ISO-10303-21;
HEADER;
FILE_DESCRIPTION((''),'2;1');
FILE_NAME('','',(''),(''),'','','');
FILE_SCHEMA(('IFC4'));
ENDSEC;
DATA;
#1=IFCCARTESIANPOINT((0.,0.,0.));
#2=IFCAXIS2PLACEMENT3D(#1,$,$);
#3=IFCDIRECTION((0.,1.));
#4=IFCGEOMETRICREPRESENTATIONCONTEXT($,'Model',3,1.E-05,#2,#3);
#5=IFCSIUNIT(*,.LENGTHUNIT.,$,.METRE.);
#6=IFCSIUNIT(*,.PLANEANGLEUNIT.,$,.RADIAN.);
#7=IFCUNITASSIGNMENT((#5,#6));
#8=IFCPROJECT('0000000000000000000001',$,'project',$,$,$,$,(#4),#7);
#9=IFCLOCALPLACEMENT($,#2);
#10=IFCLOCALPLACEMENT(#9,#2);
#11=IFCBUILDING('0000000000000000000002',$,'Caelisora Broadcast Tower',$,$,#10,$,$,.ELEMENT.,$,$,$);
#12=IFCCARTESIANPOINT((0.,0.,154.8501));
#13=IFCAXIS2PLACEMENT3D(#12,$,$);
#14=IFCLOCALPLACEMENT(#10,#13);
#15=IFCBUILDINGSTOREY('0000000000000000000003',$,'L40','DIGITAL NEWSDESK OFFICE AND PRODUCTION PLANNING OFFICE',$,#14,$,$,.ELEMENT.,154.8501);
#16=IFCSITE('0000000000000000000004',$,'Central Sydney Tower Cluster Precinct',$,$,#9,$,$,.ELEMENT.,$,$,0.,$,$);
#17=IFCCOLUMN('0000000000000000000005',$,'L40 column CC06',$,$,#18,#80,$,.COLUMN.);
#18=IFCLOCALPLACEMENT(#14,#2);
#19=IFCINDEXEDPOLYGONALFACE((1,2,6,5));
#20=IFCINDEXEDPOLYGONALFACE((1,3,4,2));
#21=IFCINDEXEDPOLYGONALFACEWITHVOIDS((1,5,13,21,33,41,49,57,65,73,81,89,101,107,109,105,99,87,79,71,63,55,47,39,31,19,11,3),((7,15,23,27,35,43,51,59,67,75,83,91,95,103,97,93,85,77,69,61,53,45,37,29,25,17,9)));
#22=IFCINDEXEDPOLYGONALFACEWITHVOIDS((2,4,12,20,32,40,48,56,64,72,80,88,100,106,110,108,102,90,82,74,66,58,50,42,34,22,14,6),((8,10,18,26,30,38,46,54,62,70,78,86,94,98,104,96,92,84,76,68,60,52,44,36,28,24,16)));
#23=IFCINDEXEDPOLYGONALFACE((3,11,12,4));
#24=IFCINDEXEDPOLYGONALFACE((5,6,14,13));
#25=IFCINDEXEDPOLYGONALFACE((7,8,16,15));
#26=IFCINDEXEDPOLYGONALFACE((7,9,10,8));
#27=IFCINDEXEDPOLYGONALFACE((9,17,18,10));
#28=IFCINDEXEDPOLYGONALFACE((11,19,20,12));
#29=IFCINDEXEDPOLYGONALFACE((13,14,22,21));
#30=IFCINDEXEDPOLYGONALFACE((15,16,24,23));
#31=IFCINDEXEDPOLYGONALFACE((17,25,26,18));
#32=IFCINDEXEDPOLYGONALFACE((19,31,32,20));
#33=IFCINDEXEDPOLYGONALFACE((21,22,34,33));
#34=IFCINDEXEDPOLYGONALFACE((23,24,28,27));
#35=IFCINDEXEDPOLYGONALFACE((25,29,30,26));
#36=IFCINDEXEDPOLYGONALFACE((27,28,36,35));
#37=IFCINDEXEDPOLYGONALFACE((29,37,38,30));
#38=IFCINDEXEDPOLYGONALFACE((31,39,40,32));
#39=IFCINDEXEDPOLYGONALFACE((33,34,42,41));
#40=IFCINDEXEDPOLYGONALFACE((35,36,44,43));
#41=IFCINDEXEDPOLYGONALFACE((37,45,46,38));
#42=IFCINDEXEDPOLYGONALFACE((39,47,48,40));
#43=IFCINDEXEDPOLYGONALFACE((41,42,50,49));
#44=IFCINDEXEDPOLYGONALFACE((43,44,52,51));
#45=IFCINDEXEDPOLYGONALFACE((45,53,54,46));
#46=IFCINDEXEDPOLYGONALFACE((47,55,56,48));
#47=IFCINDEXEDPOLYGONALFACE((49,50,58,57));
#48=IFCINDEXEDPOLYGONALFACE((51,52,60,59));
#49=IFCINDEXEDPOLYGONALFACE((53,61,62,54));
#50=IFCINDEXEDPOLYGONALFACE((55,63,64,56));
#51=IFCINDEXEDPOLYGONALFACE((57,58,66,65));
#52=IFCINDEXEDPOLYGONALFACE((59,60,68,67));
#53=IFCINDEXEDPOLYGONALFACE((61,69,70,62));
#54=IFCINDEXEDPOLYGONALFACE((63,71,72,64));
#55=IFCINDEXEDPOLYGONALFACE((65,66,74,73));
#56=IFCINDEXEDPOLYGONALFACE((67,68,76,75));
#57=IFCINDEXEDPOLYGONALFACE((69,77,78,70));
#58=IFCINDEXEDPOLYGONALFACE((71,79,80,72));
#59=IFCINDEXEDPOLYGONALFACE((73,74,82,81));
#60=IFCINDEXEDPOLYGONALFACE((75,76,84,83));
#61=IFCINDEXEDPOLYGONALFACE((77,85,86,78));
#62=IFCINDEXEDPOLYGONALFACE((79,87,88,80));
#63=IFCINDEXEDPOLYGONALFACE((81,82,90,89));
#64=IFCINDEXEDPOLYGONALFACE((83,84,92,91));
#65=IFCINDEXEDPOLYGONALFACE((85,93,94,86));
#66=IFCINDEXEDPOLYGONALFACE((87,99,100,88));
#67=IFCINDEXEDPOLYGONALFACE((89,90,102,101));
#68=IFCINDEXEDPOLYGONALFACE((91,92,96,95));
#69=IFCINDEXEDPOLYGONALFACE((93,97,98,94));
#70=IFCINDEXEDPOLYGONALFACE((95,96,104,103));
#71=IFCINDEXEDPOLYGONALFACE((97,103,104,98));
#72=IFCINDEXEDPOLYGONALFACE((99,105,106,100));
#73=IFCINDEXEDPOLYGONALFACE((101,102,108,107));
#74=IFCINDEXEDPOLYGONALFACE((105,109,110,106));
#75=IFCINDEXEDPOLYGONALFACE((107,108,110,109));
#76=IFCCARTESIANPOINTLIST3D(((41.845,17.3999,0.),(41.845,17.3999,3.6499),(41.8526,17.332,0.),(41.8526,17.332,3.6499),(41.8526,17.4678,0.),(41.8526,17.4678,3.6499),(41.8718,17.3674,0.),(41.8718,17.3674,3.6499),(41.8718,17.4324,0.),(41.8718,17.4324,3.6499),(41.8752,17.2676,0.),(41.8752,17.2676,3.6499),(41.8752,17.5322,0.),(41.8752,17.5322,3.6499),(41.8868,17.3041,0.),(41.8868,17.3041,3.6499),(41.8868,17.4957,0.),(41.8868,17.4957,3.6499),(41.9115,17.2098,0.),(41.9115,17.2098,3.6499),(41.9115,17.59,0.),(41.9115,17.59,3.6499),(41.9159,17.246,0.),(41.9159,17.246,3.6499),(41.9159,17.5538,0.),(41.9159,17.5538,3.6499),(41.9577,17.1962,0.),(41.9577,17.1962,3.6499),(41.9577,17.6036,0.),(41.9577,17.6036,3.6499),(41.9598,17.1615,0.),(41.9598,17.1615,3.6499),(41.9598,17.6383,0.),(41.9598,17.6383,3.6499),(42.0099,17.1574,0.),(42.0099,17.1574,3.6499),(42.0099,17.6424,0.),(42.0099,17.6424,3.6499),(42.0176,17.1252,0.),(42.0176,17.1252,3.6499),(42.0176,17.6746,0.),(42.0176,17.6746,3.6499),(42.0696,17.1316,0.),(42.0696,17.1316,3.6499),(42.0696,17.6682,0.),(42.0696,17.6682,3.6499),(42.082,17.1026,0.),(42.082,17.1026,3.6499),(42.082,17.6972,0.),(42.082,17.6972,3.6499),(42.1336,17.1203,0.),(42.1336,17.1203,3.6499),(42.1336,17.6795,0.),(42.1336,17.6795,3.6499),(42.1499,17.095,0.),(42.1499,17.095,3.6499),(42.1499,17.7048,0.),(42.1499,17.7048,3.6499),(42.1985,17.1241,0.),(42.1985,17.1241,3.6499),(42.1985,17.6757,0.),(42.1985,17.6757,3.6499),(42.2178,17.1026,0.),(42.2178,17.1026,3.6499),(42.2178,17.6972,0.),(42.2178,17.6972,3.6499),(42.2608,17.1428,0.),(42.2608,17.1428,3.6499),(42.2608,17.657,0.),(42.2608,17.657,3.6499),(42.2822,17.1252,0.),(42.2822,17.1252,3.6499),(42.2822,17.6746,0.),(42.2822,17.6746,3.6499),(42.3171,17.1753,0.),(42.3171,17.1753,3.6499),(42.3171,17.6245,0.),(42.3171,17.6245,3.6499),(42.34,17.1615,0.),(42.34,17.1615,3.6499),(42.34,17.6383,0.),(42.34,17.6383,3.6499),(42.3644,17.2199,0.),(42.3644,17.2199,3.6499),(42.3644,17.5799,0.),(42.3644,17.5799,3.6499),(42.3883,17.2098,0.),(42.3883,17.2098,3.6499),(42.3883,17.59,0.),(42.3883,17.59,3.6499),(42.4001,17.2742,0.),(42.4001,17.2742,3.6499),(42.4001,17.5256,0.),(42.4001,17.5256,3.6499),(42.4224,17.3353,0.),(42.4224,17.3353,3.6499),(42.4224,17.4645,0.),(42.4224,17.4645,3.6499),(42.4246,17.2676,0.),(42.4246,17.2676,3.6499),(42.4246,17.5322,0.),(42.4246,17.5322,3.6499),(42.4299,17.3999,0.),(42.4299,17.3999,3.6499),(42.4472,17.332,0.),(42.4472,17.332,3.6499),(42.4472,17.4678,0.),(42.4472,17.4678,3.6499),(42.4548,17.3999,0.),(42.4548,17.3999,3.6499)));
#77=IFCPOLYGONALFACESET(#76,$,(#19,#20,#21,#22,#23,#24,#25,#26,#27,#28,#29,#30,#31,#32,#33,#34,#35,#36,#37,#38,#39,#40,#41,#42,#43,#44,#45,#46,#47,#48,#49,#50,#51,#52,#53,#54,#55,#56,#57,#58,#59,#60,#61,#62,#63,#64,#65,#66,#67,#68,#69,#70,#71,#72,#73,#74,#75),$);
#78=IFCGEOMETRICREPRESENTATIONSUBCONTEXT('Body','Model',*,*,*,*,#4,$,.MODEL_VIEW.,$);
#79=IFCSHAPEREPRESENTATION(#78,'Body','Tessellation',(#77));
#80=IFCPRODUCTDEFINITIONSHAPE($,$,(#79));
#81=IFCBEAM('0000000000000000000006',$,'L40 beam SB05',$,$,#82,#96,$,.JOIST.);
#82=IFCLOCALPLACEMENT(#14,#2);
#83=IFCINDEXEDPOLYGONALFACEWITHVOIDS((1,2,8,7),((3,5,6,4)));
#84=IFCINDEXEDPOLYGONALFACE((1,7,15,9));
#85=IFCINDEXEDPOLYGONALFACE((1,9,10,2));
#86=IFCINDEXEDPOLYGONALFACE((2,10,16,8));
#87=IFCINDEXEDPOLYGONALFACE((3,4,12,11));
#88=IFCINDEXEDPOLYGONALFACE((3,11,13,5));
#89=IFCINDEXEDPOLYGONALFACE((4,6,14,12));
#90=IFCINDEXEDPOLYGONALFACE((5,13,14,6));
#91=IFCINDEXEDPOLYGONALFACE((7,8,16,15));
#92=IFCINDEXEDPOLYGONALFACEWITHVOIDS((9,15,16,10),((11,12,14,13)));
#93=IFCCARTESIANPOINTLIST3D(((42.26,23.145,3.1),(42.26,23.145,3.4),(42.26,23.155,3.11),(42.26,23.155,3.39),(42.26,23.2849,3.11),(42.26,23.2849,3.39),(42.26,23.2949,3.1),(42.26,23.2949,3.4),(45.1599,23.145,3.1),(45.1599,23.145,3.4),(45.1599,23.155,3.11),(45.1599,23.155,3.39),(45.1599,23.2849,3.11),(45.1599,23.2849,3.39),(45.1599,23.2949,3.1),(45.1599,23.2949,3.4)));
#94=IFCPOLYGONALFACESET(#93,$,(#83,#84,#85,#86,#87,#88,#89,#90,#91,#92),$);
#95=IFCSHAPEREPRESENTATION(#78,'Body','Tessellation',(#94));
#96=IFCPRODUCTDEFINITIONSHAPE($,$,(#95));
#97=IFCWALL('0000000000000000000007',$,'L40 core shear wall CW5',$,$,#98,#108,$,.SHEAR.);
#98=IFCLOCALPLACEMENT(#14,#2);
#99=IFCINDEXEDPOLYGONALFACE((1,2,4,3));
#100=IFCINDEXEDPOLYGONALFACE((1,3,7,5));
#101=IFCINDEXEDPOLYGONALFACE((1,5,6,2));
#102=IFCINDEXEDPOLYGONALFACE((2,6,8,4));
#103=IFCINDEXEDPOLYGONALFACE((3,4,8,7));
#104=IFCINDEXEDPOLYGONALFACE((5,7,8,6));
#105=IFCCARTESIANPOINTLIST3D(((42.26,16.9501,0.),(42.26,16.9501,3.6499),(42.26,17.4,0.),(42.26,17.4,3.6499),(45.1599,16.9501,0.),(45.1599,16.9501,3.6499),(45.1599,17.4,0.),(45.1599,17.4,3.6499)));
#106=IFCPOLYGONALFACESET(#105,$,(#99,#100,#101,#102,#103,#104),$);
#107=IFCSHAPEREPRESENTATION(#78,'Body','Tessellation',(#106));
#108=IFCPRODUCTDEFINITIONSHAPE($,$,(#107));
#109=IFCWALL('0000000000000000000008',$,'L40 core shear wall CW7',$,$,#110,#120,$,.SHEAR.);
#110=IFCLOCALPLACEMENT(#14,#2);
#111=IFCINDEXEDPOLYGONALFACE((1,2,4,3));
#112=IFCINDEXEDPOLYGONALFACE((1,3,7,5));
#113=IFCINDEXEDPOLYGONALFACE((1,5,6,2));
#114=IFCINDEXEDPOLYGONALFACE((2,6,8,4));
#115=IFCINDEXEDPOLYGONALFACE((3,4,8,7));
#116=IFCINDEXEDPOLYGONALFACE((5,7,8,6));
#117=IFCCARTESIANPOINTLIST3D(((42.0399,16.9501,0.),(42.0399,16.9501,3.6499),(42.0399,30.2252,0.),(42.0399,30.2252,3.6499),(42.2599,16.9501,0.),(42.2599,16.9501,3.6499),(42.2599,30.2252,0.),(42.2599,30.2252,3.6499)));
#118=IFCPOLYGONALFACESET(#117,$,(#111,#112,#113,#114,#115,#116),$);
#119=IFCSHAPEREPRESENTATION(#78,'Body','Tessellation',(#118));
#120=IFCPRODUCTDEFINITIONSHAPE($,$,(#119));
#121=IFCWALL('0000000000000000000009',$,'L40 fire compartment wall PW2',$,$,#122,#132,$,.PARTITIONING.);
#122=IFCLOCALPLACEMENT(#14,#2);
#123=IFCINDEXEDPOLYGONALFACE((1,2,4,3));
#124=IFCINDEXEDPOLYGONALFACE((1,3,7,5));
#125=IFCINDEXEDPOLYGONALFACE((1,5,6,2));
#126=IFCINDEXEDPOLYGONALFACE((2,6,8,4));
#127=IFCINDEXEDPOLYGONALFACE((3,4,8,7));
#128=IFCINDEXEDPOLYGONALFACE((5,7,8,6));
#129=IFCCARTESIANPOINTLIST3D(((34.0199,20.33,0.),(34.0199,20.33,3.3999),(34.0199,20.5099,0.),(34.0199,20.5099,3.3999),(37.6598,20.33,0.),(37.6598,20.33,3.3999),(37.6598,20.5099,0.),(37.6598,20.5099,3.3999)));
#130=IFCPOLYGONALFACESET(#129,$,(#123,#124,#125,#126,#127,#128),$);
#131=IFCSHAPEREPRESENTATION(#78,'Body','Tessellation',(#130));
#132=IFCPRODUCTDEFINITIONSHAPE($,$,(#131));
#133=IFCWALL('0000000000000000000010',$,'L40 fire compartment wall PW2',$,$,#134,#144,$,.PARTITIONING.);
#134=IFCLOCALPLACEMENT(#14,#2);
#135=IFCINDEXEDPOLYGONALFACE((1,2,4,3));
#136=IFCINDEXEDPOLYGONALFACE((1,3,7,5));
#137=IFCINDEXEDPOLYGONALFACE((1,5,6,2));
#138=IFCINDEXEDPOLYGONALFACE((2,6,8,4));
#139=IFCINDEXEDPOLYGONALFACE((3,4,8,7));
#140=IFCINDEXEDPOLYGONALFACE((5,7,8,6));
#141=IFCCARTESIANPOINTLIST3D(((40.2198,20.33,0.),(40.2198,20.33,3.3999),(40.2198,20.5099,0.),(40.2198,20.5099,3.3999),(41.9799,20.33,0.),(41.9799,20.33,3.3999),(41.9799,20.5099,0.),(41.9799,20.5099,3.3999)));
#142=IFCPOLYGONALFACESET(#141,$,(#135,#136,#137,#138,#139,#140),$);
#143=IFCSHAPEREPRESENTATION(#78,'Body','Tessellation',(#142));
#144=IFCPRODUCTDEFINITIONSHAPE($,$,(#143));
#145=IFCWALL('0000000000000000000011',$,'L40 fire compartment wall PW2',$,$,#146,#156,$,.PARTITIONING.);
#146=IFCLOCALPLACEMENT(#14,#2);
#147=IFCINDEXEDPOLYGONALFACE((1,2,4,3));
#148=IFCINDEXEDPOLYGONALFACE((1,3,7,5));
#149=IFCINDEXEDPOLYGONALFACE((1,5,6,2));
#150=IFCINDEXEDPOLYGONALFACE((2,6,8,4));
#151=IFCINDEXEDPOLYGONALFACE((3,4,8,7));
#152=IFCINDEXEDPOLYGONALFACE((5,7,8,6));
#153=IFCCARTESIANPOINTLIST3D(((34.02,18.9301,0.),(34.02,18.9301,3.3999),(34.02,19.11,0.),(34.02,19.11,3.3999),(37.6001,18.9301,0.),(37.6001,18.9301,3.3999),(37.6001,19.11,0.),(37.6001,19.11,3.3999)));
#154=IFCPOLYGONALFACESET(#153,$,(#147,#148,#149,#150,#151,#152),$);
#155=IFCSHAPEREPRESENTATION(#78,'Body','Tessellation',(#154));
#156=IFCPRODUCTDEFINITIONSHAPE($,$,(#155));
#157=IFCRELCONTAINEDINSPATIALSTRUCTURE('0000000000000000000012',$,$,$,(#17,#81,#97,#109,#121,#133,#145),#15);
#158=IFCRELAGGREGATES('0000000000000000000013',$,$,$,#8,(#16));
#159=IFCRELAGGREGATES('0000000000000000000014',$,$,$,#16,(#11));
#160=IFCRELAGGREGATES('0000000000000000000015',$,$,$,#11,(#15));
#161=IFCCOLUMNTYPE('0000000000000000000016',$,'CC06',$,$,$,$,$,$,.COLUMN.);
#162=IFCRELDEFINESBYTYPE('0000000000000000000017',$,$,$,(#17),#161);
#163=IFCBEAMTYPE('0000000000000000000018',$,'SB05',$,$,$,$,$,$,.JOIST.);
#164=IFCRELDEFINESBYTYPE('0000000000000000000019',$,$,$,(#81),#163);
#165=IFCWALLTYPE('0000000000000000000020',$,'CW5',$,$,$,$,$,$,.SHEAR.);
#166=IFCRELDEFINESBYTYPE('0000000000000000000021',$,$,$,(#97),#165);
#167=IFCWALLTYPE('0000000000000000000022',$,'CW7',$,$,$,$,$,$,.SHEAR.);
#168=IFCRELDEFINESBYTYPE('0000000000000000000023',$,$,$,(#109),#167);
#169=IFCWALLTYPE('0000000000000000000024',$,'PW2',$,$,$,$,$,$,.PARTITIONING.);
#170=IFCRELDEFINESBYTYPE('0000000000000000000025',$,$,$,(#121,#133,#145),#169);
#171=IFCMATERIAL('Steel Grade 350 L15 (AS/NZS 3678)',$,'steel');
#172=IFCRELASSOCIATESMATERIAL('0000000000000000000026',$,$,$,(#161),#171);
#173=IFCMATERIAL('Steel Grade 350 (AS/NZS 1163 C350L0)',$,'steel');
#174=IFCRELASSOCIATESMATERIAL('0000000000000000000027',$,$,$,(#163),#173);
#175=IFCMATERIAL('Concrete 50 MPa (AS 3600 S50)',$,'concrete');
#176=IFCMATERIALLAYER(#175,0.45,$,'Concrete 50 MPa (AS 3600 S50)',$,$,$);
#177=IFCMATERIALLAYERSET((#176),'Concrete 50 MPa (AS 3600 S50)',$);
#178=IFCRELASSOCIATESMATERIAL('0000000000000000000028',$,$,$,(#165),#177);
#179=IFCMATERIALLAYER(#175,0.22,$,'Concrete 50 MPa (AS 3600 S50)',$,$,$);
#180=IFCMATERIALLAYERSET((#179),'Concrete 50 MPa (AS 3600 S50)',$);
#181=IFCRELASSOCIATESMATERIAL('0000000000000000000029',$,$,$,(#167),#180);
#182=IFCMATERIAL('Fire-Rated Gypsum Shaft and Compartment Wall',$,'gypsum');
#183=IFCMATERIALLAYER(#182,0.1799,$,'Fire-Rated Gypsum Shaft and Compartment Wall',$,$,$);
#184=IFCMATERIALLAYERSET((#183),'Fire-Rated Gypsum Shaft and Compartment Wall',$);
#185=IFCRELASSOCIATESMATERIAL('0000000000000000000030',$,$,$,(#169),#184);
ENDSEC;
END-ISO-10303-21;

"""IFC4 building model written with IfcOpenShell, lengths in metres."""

from ifc_helpers import new_model, si_unit, direction, frame, frame_2d, origin, origin_2d, place, context, subcontext, project, spatial, rectangle, hollow_rectangle, hollow_circle, extrude, source, transform, mapped, material, layer, layer_set, material_profile, profile_set, type_object, type_shapes, element, save


model = new_model("IFC4")

# Units and contexts
model_context = context("Model", 3, precision=1e-05, world=origin(), true_north=direction((0.0, 1.0)))
body_context = subcontext(model_context, "Body", "Model", "MODEL_VIEW")
ifc_project = project(units=[si_unit("LENGTHUNIT", "METRE"), si_unit("PLANEANGLEUNIT", "RADIAN")], contexts=[model_context])

# Site, building, storey
site_placement = place(None, origin())
site = spatial("IfcSite", under=ifc_project, at=site_placement, Name="Central Sydney Tower Cluster Precinct", CompositionType="ELEMENT", RefElevation=0.0)
building_placement = place(site_placement, origin())
building = spatial("IfcBuilding", under=site, at=building_placement, Name="Caelisora Broadcast Tower", CompositionType="ELEMENT")
storey_placement = place(building_placement, frame((0.0, 0.0, 154.8501)))
storey = spatial("IfcBuildingStorey", under=building, at=storey_placement, Name="L40", Description="DIGITAL NEWSDESK OFFICE AND PRODUCTION PLANNING OFFICE", CompositionType="ELEMENT", Elevation=154.8501)

# Column
ifc_material_1 = material(Name="Steel Grade 350 L15 (AS/NZS 3678)", Category="steel")
ifc_material_profile_1 = material_profile(ifc_material_1, hollow_circle(Radius=0.3049, WallThickness=0.0249, at=origin_2d()), Name="Steel Grade 350 L15 (AS/NZS 3678)")
ifc_profile_set_1 = profile_set([ifc_material_profile_1], Name="Steel Grade 350 L15 (AS/NZS 3678)")
column_type = type_object("IfcColumnType", Name="CC06", PredefinedType="COLUMN", material=ifc_profile_set_1)
shared_shape_1 = source(origin(), body_context, "Body", "SweptSolid", [
    extrude(hollow_circle(Radius=0.3049, WallThickness=0.0249, at=origin_2d()), origin(), (0.0, 0.0, 1.0), 3.6499),
])
type_shapes(column_type, [shared_shape_1])
column_placement = place(storey_placement, frame((42.1499, 17.3999, 0.0), z_axis=(0.0, 0.0, 1.0), x_axis=(1.0, 0.0, 0.0)))
element("IfcColumn", 1, at=column_placement, inside=storey, type_object=column_type, Name="L40 column CC06", PredefinedType="COLUMN", context=body_context, shape_type="MappedRepresentation", body=[
    mapped(shared_shape_1, transform((0.0, 0.0, 0.0), scale=1.0)),
])

# Beam
ifc_material_2 = material(Name="Steel Grade 350 (AS/NZS 1163 C350L0)", Category="steel")
ifc_material_profile_2 = material_profile(ifc_material_2, hollow_rectangle(XDim=0.1499, YDim=0.3, WallThickness=0.01, at=origin_2d()), Name="Steel Grade 350 (AS/NZS 1163 C350L0)")
ifc_profile_set_2 = profile_set([ifc_material_profile_2], Name="Steel Grade 350 (AS/NZS 1163 C350L0)")
beam_type = type_object("IfcBeamType", Name="SB05", PredefinedType="JOIST", material=ifc_profile_set_2)
shared_shape_2 = source(origin(), body_context, "Body", "SweptSolid", [
    extrude(hollow_rectangle(XDim=0.1499, YDim=0.3, WallThickness=0.01, at=origin_2d()), origin(), (0.0, 0.0, 1.0), 2.8999),
])
type_shapes(beam_type, [shared_shape_2])
beam_placement = place(storey_placement, frame((42.26, 23.22, 3.25), z_axis=(1.0, 0.0, 0.0), x_axis=(0.0, 1.0, 0.0)))
element("IfcBeam", 2, at=beam_placement, inside=storey, type_object=beam_type, Name="L40 beam SB05", PredefinedType="JOIST", context=body_context, shape_type="MappedRepresentation", body=[
    mapped(shared_shape_2, transform((0.0, 0.0, 0.0), scale=1.0)),
])

# Walls
ifc_material_3 = material(Name="Concrete 50 MPa (AS 3600 S50)", Category="concrete")
ifc_layer_1 = layer(ifc_material_3, 0.45, Name="Concrete 50 MPa (AS 3600 S50)")
ifc_layer_set_1 = layer_set([ifc_layer_1], Name="Concrete 50 MPa (AS 3600 S50)")
wall_type_1 = type_object("IfcWallType", Name="CW5", PredefinedType="SHEAR", material=ifc_layer_set_1)
wall_1_placement = place(storey_placement, frame((42.26, 17.175, 0.0), z_axis=(0.0, 0.0, 1.0), x_axis=(1.0, 0.0, 0.0)))
element("IfcWall", 3, at=wall_1_placement, inside=storey, type_object=wall_type_1, Name="L40 core shear wall CW5", PredefinedType="SHEAR", context=body_context, shape_type="SweptSolid", body=[
    extrude(rectangle(XDim=2.8999, YDim=0.45, at=frame_2d((1.45, 0.0))), origin(), (0.0, 0.0, 1.0), 3.6499),
])
ifc_layer_2 = layer(ifc_material_3, 0.22, Name="Concrete 50 MPa (AS 3600 S50)")
ifc_layer_set_2 = layer_set([ifc_layer_2], Name="Concrete 50 MPa (AS 3600 S50)")
wall_type_2 = type_object("IfcWallType", Name="CW7", PredefinedType="SHEAR", material=ifc_layer_set_2)
wall_2_placement = place(storey_placement, frame((42.1499, 16.95, 0.0), z_axis=(0.0, 0.0, 1.0), x_axis=(0.0, 1.0, 0.0)))
element("IfcWall", 4, at=wall_2_placement, inside=storey, type_object=wall_type_2, Name="L40 core shear wall CW7", PredefinedType="SHEAR", context=body_context, shape_type="SweptSolid", body=[
    extrude(rectangle(XDim=13.2751, YDim=0.22, at=frame_2d((6.6377, 0.0))), origin(), (0.0, 0.0, 1.0), 3.6499),
])
ifc_material_4 = material(Name="Fire-Rated Gypsum Shaft and Compartment Wall", Category="gypsum")
ifc_layer_3 = layer(ifc_material_4, 0.1799, Name="Fire-Rated Gypsum Shaft and Compartment Wall")
ifc_layer_set_3 = layer_set([ifc_layer_3], Name="Fire-Rated Gypsum Shaft and Compartment Wall")
wall_type_3 = type_object("IfcWallType", Name="PW2", PredefinedType="PARTITIONING", material=ifc_layer_set_3)
wall_3_placement = place(storey_placement, frame((34.02, 20.4199, 0.0), z_axis=(0.0, 0.0, 1.0), x_axis=(1.0, 0.0, 0.0)))
element("IfcWall", 5, at=wall_3_placement, inside=storey, type_object=wall_type_3, Name="L40 fire compartment wall PW2", PredefinedType="PARTITIONING", context=body_context, shape_type="SweptSolid", body=[
    extrude(rectangle(XDim=3.6399, YDim=0.1799, at=frame_2d((1.8198, 0.0))), origin(), (0.0, 0.0, 1.0), 3.3999),
])
wall_4_placement = place(storey_placement, frame((40.22, 20.4199, 0.0), z_axis=(0.0, 0.0, 1.0), x_axis=(1.0, 0.0, 0.0)))
element("IfcWall", 6, at=wall_4_placement, inside=storey, type_object=wall_type_3, Name="L40 fire compartment wall PW2", PredefinedType="PARTITIONING", context=body_context, shape_type="SweptSolid", body=[
    extrude(rectangle(XDim=1.76, YDim=0.1799, at=frame_2d((0.8799, 0.0))), origin(), (0.0, 0.0, 1.0), 3.3999),
])
wall_5_placement = place(storey_placement, frame((34.02, 19.02, 0.0), z_axis=(0.0, 0.0, 1.0), x_axis=(1.0, 0.0, 0.0)))
element("IfcWall", 7, at=wall_5_placement, inside=storey, type_object=wall_type_3, Name="L40 fire compartment wall PW2", PredefinedType="PARTITIONING", context=body_context, shape_type="SweptSolid", body=[
    extrude(rectangle(XDim=3.5801, YDim=0.1799, at=frame_2d((1.79, 0.0))), origin(), (0.0, 0.0, 1.0), 3.3999),
])

save(model, "model.ifc")
